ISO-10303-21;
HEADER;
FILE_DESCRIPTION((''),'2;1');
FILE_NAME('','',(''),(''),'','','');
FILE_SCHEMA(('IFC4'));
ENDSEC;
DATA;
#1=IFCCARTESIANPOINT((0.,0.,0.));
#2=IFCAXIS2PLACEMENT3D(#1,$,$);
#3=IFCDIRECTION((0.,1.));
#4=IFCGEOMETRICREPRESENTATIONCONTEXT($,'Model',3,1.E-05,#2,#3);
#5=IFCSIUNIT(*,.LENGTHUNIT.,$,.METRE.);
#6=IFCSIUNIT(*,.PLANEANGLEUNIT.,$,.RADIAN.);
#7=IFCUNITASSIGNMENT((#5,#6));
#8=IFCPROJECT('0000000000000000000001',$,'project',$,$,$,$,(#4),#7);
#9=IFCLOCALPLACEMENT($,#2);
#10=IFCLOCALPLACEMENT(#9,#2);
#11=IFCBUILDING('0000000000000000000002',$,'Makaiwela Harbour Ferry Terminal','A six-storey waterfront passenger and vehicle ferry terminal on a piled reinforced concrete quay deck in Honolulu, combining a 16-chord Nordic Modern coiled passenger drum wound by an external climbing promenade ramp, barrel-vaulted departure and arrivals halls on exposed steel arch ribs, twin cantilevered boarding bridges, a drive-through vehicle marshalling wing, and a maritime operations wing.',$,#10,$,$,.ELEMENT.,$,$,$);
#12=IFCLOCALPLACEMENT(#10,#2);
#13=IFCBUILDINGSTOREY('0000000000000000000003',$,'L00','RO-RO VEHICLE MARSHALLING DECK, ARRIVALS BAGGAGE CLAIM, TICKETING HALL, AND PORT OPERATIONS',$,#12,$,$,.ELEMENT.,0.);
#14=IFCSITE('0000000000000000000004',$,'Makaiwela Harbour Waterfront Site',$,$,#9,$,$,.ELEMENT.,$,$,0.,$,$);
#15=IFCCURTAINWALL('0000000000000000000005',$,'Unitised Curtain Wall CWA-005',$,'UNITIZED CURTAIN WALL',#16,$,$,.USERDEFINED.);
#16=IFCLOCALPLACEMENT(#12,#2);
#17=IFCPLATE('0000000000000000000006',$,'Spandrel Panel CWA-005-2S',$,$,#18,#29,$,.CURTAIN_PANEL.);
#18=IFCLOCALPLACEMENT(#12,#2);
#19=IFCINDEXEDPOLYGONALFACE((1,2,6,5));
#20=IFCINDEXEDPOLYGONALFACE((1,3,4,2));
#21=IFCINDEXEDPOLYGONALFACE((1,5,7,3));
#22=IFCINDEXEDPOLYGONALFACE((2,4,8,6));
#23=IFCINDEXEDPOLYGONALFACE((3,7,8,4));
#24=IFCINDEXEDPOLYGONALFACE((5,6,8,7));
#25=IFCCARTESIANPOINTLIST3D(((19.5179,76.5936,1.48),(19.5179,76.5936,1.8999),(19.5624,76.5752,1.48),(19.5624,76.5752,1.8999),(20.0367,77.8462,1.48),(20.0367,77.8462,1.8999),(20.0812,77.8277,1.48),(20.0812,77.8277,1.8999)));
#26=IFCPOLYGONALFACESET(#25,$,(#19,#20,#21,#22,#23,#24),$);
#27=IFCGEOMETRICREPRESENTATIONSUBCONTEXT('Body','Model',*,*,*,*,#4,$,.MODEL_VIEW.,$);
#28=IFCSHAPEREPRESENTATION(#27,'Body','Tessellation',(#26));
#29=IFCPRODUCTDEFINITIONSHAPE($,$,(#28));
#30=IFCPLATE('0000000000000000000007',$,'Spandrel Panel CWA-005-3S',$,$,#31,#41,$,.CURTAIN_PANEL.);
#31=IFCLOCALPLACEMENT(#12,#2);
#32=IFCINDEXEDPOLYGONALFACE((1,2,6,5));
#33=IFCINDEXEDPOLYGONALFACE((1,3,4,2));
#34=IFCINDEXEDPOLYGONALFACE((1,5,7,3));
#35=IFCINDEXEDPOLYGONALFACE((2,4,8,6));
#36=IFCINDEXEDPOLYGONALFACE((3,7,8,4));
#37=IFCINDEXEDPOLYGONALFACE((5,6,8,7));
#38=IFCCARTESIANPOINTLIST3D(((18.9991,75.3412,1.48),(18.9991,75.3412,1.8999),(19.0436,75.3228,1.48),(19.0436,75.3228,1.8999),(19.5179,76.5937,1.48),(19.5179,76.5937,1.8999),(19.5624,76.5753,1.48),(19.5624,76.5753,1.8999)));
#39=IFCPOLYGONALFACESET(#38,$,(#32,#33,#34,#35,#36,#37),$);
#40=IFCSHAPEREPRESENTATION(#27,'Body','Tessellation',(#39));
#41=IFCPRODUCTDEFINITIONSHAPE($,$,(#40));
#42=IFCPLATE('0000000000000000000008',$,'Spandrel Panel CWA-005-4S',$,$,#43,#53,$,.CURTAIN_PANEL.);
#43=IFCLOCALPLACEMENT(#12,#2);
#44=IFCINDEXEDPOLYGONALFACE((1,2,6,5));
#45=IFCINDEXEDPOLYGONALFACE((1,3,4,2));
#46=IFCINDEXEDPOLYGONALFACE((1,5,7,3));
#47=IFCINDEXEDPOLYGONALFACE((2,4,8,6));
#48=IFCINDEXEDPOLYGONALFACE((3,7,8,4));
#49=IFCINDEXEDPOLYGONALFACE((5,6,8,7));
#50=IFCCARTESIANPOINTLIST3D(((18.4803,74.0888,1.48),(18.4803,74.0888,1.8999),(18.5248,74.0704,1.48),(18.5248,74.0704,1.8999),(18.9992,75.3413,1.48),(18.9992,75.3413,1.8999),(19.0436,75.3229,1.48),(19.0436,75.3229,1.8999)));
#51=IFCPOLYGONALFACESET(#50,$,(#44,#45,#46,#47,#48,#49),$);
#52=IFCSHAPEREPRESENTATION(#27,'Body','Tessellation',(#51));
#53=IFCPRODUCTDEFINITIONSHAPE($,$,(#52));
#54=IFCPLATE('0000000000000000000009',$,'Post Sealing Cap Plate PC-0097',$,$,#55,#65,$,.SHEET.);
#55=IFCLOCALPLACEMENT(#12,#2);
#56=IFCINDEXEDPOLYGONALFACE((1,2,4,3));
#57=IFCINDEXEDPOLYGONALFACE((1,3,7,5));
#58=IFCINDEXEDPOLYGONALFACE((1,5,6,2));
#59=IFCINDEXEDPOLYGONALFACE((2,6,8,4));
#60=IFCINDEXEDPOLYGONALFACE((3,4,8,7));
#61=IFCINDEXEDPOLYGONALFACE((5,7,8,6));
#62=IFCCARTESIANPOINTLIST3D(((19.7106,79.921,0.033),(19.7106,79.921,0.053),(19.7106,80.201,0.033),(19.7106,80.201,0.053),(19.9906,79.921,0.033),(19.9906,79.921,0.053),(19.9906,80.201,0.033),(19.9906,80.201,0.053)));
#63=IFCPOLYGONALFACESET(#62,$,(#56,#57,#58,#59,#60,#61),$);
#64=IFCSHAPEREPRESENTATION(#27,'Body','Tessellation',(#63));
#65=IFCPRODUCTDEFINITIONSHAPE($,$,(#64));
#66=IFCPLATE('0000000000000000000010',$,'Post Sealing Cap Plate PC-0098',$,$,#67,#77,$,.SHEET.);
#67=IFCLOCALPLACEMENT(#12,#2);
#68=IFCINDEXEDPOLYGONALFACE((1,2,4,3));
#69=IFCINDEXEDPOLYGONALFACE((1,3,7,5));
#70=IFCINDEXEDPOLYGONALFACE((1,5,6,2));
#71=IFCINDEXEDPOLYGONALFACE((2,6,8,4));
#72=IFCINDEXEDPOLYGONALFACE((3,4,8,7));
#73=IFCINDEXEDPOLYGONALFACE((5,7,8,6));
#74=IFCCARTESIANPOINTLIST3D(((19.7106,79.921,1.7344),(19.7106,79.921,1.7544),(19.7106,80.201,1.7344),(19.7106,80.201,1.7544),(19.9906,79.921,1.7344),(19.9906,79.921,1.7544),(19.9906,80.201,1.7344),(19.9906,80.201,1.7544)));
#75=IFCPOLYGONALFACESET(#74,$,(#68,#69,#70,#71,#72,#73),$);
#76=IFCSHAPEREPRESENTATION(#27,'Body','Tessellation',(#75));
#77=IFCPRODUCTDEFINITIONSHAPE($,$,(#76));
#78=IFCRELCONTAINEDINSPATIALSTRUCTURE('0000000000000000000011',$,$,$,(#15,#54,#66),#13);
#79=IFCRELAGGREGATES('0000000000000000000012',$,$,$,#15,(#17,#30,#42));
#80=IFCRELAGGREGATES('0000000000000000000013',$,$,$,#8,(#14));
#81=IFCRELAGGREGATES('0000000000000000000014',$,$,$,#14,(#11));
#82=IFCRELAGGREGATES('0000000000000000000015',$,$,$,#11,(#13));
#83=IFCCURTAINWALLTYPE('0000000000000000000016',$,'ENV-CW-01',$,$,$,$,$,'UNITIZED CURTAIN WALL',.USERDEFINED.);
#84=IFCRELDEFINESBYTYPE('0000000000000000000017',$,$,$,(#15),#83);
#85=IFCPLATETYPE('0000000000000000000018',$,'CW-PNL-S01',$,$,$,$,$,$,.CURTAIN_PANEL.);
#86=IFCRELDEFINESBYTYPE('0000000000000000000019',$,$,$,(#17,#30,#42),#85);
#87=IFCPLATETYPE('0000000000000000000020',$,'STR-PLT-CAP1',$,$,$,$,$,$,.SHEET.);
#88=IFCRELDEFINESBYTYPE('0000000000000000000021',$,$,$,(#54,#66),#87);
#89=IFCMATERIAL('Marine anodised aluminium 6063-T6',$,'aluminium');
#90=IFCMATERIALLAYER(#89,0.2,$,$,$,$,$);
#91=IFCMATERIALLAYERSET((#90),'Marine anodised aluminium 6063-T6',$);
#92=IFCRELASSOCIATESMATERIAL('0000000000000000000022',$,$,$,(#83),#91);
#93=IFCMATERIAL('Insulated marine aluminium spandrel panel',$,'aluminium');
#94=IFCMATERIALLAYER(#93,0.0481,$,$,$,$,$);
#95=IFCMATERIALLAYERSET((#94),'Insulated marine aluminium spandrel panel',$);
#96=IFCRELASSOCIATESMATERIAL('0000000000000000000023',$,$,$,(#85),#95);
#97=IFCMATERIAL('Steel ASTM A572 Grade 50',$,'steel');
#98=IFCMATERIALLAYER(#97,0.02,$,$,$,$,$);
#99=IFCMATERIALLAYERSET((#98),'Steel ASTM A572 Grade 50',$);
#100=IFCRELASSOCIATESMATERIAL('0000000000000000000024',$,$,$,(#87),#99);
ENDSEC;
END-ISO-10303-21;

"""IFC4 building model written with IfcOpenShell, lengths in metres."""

from ifc_helpers import new_model, si_unit, direction, frame, origin, origin_2d, place, context, subcontext, project, spatial, rectangle, extrude, material, layer, layer_set, type_object, element, aggregate, save


model = new_model("IFC4")

# Units and contexts
model_context = context("Model", 3, precision=1e-05, world=origin(), true_north=direction((0.0, 1.0)))
body_context = subcontext(model_context, "Body", "Model", "MODEL_VIEW")
ifc_project = project(units=[si_unit("LENGTHUNIT", "METRE"), si_unit("PLANEANGLEUNIT", "RADIAN")], contexts=[model_context])

# Site, building, storey
site_placement = place(None, origin())
site = spatial("IfcSite", under=ifc_project, at=site_placement, Name="Makaiwela Harbour Waterfront Site", CompositionType="ELEMENT", RefElevation=0.0)
building_placement = place(site_placement, origin())
building = spatial("IfcBuilding", under=site, at=building_placement, Name="Makaiwela Harbour Ferry Terminal", Description="A six-storey waterfront passenger and vehicle ferry terminal on a piled reinforced concrete quay deck in Honolulu, combining a 16-chord Nordic Modern coiled passenger drum wound by an external climbing promenade ramp, barrel-vaulted departure and arrivals halls on exposed steel arch ribs, twin cantilevered boarding bridges, a drive-through vehicle marshalling wing, and a maritime operations wing.", CompositionType="ELEMENT")
storey_placement = place(building_placement, origin())
storey = spatial("IfcBuildingStorey", under=building, at=storey_placement, Name="L00", Description="RO-RO VEHICLE MARSHALLING DECK, ARRIVALS BAGGAGE CLAIM, TICKETING HALL, AND PORT OPERATIONS", CompositionType="ELEMENT", Elevation=0.0)

# Curtain wall
ifc_material_1 = material(Name="Marine anodised aluminium 6063-T6", Category="aluminium")
ifc_layer_1 = layer(ifc_material_1, 0.2)
ifc_layer_set_1 = layer_set([ifc_layer_1], Name="Marine anodised aluminium 6063-T6")
curtain_wall_type = type_object("IfcCurtainWallType", Name="ENV-CW-01", ElementType="UNITIZED CURTAIN WALL", PredefinedType="USERDEFINED", material=ifc_layer_set_1)
curtain_wall_placement = place(storey_placement, origin())
curtain_wall = element("IfcCurtainWall", 1, at=curtain_wall_placement, inside=storey, type_object=curtain_wall_type, Name="Unitised Curtain Wall CWA-005", ObjectType="UNITIZED CURTAIN WALL", PredefinedType="USERDEFINED")

# Plates
ifc_material_2 = material(Name="Insulated marine aluminium spandrel panel", Category="aluminium")
ifc_layer_2 = layer(ifc_material_2, 0.0481)
ifc_layer_set_2 = layer_set([ifc_layer_2], Name="Insulated marine aluminium spandrel panel")
plate_type_1 = type_object("IfcPlateType", Name="CW-PNL-S01", PredefinedType="CURTAIN_PANEL", material=ifc_layer_set_2)
plate_1_placement = place(storey_placement, frame((19.7996, 77.2107, 1.48), z_axis=(0.0, 0.0, 1.0), x_axis=(-0.382683, -0.92388, 0.0)))
plate_1 = element("IfcPlate", 2, at=plate_1_placement, type_object=plate_type_1, Name="Spandrel Panel CWA-005-2S", PredefinedType="CURTAIN_PANEL", context=body_context, shape_type="SweptSolid", body=[
    extrude(rectangle(XDim=1.3557, YDim=0.0481, at=origin_2d()), origin(), (0.0, 0.0, 1.0), 0.4199),
])
plate_2_placement = place(storey_placement, frame((19.2808, 75.9583, 1.48), z_axis=(0.0, 0.0, 1.0), x_axis=(-0.382683, -0.92388, 0.0)))
plate_2 = element("IfcPlate", 3, at=plate_2_placement, type_object=plate_type_1, Name="Spandrel Panel CWA-005-3S", PredefinedType="CURTAIN_PANEL", context=body_context, shape_type="SweptSolid", body=[
    extrude(rectangle(XDim=1.3557, YDim=0.0481, at=origin_2d()), origin(), (0.0, 0.0, 1.0), 0.4199),
])
plate_3_placement = place(storey_placement, frame((18.762, 74.7058, 1.48), z_axis=(0.0, 0.0, 1.0), x_axis=(-0.382683, -0.92388, 0.0)))
plate_3 = element("IfcPlate", 4, at=plate_3_placement, type_object=plate_type_1, Name="Spandrel Panel CWA-005-4S", PredefinedType="CURTAIN_PANEL", context=body_context, shape_type="SweptSolid", body=[
    extrude(rectangle(XDim=1.3557, YDim=0.0481, at=origin_2d()), origin(), (0.0, 0.0, 1.0), 0.4199),
])
aggregate(curtain_wall, [plate_1, plate_2, plate_3])

# Plates
ifc_material_3 = material(Name="Steel ASTM A572 Grade 50", Category="steel")
ifc_layer_3 = layer(ifc_material_3, 0.02)
ifc_layer_set_3 = layer_set([ifc_layer_3], Name="Steel ASTM A572 Grade 50")
plate_type_2 = type_object("IfcPlateType", Name="STR-PLT-CAP1", PredefinedType="SHEET", material=ifc_layer_set_3)
for number, where, z_axis, x_axis, name in (
    (5, (19.8506, 80.061, 0.033), (0.0, 0.0, 1.0), (1.0, 0.0, 0.0), "Post Sealing Cap Plate PC-0097"),
    (6, (19.8506, 80.061, 1.7344), (0.0, 0.0, 1.0), (1.0, 0.0, 0.0), "Post Sealing Cap Plate PC-0098"),
):
    element("IfcPlate", number, at=place(storey_placement, frame(where, z_axis=z_axis, x_axis=x_axis)), inside=storey, type_object=plate_type_2, Name=name, PredefinedType="SHEET", context=body_context, shape_type="SweptSolid", body=[
        extrude(rectangle(XDim=0.28, YDim=0.28, at=origin_2d()), origin(), (0.0, 0.0, 1.0), 0.02),
    ])

save(model, "model.ifc")
